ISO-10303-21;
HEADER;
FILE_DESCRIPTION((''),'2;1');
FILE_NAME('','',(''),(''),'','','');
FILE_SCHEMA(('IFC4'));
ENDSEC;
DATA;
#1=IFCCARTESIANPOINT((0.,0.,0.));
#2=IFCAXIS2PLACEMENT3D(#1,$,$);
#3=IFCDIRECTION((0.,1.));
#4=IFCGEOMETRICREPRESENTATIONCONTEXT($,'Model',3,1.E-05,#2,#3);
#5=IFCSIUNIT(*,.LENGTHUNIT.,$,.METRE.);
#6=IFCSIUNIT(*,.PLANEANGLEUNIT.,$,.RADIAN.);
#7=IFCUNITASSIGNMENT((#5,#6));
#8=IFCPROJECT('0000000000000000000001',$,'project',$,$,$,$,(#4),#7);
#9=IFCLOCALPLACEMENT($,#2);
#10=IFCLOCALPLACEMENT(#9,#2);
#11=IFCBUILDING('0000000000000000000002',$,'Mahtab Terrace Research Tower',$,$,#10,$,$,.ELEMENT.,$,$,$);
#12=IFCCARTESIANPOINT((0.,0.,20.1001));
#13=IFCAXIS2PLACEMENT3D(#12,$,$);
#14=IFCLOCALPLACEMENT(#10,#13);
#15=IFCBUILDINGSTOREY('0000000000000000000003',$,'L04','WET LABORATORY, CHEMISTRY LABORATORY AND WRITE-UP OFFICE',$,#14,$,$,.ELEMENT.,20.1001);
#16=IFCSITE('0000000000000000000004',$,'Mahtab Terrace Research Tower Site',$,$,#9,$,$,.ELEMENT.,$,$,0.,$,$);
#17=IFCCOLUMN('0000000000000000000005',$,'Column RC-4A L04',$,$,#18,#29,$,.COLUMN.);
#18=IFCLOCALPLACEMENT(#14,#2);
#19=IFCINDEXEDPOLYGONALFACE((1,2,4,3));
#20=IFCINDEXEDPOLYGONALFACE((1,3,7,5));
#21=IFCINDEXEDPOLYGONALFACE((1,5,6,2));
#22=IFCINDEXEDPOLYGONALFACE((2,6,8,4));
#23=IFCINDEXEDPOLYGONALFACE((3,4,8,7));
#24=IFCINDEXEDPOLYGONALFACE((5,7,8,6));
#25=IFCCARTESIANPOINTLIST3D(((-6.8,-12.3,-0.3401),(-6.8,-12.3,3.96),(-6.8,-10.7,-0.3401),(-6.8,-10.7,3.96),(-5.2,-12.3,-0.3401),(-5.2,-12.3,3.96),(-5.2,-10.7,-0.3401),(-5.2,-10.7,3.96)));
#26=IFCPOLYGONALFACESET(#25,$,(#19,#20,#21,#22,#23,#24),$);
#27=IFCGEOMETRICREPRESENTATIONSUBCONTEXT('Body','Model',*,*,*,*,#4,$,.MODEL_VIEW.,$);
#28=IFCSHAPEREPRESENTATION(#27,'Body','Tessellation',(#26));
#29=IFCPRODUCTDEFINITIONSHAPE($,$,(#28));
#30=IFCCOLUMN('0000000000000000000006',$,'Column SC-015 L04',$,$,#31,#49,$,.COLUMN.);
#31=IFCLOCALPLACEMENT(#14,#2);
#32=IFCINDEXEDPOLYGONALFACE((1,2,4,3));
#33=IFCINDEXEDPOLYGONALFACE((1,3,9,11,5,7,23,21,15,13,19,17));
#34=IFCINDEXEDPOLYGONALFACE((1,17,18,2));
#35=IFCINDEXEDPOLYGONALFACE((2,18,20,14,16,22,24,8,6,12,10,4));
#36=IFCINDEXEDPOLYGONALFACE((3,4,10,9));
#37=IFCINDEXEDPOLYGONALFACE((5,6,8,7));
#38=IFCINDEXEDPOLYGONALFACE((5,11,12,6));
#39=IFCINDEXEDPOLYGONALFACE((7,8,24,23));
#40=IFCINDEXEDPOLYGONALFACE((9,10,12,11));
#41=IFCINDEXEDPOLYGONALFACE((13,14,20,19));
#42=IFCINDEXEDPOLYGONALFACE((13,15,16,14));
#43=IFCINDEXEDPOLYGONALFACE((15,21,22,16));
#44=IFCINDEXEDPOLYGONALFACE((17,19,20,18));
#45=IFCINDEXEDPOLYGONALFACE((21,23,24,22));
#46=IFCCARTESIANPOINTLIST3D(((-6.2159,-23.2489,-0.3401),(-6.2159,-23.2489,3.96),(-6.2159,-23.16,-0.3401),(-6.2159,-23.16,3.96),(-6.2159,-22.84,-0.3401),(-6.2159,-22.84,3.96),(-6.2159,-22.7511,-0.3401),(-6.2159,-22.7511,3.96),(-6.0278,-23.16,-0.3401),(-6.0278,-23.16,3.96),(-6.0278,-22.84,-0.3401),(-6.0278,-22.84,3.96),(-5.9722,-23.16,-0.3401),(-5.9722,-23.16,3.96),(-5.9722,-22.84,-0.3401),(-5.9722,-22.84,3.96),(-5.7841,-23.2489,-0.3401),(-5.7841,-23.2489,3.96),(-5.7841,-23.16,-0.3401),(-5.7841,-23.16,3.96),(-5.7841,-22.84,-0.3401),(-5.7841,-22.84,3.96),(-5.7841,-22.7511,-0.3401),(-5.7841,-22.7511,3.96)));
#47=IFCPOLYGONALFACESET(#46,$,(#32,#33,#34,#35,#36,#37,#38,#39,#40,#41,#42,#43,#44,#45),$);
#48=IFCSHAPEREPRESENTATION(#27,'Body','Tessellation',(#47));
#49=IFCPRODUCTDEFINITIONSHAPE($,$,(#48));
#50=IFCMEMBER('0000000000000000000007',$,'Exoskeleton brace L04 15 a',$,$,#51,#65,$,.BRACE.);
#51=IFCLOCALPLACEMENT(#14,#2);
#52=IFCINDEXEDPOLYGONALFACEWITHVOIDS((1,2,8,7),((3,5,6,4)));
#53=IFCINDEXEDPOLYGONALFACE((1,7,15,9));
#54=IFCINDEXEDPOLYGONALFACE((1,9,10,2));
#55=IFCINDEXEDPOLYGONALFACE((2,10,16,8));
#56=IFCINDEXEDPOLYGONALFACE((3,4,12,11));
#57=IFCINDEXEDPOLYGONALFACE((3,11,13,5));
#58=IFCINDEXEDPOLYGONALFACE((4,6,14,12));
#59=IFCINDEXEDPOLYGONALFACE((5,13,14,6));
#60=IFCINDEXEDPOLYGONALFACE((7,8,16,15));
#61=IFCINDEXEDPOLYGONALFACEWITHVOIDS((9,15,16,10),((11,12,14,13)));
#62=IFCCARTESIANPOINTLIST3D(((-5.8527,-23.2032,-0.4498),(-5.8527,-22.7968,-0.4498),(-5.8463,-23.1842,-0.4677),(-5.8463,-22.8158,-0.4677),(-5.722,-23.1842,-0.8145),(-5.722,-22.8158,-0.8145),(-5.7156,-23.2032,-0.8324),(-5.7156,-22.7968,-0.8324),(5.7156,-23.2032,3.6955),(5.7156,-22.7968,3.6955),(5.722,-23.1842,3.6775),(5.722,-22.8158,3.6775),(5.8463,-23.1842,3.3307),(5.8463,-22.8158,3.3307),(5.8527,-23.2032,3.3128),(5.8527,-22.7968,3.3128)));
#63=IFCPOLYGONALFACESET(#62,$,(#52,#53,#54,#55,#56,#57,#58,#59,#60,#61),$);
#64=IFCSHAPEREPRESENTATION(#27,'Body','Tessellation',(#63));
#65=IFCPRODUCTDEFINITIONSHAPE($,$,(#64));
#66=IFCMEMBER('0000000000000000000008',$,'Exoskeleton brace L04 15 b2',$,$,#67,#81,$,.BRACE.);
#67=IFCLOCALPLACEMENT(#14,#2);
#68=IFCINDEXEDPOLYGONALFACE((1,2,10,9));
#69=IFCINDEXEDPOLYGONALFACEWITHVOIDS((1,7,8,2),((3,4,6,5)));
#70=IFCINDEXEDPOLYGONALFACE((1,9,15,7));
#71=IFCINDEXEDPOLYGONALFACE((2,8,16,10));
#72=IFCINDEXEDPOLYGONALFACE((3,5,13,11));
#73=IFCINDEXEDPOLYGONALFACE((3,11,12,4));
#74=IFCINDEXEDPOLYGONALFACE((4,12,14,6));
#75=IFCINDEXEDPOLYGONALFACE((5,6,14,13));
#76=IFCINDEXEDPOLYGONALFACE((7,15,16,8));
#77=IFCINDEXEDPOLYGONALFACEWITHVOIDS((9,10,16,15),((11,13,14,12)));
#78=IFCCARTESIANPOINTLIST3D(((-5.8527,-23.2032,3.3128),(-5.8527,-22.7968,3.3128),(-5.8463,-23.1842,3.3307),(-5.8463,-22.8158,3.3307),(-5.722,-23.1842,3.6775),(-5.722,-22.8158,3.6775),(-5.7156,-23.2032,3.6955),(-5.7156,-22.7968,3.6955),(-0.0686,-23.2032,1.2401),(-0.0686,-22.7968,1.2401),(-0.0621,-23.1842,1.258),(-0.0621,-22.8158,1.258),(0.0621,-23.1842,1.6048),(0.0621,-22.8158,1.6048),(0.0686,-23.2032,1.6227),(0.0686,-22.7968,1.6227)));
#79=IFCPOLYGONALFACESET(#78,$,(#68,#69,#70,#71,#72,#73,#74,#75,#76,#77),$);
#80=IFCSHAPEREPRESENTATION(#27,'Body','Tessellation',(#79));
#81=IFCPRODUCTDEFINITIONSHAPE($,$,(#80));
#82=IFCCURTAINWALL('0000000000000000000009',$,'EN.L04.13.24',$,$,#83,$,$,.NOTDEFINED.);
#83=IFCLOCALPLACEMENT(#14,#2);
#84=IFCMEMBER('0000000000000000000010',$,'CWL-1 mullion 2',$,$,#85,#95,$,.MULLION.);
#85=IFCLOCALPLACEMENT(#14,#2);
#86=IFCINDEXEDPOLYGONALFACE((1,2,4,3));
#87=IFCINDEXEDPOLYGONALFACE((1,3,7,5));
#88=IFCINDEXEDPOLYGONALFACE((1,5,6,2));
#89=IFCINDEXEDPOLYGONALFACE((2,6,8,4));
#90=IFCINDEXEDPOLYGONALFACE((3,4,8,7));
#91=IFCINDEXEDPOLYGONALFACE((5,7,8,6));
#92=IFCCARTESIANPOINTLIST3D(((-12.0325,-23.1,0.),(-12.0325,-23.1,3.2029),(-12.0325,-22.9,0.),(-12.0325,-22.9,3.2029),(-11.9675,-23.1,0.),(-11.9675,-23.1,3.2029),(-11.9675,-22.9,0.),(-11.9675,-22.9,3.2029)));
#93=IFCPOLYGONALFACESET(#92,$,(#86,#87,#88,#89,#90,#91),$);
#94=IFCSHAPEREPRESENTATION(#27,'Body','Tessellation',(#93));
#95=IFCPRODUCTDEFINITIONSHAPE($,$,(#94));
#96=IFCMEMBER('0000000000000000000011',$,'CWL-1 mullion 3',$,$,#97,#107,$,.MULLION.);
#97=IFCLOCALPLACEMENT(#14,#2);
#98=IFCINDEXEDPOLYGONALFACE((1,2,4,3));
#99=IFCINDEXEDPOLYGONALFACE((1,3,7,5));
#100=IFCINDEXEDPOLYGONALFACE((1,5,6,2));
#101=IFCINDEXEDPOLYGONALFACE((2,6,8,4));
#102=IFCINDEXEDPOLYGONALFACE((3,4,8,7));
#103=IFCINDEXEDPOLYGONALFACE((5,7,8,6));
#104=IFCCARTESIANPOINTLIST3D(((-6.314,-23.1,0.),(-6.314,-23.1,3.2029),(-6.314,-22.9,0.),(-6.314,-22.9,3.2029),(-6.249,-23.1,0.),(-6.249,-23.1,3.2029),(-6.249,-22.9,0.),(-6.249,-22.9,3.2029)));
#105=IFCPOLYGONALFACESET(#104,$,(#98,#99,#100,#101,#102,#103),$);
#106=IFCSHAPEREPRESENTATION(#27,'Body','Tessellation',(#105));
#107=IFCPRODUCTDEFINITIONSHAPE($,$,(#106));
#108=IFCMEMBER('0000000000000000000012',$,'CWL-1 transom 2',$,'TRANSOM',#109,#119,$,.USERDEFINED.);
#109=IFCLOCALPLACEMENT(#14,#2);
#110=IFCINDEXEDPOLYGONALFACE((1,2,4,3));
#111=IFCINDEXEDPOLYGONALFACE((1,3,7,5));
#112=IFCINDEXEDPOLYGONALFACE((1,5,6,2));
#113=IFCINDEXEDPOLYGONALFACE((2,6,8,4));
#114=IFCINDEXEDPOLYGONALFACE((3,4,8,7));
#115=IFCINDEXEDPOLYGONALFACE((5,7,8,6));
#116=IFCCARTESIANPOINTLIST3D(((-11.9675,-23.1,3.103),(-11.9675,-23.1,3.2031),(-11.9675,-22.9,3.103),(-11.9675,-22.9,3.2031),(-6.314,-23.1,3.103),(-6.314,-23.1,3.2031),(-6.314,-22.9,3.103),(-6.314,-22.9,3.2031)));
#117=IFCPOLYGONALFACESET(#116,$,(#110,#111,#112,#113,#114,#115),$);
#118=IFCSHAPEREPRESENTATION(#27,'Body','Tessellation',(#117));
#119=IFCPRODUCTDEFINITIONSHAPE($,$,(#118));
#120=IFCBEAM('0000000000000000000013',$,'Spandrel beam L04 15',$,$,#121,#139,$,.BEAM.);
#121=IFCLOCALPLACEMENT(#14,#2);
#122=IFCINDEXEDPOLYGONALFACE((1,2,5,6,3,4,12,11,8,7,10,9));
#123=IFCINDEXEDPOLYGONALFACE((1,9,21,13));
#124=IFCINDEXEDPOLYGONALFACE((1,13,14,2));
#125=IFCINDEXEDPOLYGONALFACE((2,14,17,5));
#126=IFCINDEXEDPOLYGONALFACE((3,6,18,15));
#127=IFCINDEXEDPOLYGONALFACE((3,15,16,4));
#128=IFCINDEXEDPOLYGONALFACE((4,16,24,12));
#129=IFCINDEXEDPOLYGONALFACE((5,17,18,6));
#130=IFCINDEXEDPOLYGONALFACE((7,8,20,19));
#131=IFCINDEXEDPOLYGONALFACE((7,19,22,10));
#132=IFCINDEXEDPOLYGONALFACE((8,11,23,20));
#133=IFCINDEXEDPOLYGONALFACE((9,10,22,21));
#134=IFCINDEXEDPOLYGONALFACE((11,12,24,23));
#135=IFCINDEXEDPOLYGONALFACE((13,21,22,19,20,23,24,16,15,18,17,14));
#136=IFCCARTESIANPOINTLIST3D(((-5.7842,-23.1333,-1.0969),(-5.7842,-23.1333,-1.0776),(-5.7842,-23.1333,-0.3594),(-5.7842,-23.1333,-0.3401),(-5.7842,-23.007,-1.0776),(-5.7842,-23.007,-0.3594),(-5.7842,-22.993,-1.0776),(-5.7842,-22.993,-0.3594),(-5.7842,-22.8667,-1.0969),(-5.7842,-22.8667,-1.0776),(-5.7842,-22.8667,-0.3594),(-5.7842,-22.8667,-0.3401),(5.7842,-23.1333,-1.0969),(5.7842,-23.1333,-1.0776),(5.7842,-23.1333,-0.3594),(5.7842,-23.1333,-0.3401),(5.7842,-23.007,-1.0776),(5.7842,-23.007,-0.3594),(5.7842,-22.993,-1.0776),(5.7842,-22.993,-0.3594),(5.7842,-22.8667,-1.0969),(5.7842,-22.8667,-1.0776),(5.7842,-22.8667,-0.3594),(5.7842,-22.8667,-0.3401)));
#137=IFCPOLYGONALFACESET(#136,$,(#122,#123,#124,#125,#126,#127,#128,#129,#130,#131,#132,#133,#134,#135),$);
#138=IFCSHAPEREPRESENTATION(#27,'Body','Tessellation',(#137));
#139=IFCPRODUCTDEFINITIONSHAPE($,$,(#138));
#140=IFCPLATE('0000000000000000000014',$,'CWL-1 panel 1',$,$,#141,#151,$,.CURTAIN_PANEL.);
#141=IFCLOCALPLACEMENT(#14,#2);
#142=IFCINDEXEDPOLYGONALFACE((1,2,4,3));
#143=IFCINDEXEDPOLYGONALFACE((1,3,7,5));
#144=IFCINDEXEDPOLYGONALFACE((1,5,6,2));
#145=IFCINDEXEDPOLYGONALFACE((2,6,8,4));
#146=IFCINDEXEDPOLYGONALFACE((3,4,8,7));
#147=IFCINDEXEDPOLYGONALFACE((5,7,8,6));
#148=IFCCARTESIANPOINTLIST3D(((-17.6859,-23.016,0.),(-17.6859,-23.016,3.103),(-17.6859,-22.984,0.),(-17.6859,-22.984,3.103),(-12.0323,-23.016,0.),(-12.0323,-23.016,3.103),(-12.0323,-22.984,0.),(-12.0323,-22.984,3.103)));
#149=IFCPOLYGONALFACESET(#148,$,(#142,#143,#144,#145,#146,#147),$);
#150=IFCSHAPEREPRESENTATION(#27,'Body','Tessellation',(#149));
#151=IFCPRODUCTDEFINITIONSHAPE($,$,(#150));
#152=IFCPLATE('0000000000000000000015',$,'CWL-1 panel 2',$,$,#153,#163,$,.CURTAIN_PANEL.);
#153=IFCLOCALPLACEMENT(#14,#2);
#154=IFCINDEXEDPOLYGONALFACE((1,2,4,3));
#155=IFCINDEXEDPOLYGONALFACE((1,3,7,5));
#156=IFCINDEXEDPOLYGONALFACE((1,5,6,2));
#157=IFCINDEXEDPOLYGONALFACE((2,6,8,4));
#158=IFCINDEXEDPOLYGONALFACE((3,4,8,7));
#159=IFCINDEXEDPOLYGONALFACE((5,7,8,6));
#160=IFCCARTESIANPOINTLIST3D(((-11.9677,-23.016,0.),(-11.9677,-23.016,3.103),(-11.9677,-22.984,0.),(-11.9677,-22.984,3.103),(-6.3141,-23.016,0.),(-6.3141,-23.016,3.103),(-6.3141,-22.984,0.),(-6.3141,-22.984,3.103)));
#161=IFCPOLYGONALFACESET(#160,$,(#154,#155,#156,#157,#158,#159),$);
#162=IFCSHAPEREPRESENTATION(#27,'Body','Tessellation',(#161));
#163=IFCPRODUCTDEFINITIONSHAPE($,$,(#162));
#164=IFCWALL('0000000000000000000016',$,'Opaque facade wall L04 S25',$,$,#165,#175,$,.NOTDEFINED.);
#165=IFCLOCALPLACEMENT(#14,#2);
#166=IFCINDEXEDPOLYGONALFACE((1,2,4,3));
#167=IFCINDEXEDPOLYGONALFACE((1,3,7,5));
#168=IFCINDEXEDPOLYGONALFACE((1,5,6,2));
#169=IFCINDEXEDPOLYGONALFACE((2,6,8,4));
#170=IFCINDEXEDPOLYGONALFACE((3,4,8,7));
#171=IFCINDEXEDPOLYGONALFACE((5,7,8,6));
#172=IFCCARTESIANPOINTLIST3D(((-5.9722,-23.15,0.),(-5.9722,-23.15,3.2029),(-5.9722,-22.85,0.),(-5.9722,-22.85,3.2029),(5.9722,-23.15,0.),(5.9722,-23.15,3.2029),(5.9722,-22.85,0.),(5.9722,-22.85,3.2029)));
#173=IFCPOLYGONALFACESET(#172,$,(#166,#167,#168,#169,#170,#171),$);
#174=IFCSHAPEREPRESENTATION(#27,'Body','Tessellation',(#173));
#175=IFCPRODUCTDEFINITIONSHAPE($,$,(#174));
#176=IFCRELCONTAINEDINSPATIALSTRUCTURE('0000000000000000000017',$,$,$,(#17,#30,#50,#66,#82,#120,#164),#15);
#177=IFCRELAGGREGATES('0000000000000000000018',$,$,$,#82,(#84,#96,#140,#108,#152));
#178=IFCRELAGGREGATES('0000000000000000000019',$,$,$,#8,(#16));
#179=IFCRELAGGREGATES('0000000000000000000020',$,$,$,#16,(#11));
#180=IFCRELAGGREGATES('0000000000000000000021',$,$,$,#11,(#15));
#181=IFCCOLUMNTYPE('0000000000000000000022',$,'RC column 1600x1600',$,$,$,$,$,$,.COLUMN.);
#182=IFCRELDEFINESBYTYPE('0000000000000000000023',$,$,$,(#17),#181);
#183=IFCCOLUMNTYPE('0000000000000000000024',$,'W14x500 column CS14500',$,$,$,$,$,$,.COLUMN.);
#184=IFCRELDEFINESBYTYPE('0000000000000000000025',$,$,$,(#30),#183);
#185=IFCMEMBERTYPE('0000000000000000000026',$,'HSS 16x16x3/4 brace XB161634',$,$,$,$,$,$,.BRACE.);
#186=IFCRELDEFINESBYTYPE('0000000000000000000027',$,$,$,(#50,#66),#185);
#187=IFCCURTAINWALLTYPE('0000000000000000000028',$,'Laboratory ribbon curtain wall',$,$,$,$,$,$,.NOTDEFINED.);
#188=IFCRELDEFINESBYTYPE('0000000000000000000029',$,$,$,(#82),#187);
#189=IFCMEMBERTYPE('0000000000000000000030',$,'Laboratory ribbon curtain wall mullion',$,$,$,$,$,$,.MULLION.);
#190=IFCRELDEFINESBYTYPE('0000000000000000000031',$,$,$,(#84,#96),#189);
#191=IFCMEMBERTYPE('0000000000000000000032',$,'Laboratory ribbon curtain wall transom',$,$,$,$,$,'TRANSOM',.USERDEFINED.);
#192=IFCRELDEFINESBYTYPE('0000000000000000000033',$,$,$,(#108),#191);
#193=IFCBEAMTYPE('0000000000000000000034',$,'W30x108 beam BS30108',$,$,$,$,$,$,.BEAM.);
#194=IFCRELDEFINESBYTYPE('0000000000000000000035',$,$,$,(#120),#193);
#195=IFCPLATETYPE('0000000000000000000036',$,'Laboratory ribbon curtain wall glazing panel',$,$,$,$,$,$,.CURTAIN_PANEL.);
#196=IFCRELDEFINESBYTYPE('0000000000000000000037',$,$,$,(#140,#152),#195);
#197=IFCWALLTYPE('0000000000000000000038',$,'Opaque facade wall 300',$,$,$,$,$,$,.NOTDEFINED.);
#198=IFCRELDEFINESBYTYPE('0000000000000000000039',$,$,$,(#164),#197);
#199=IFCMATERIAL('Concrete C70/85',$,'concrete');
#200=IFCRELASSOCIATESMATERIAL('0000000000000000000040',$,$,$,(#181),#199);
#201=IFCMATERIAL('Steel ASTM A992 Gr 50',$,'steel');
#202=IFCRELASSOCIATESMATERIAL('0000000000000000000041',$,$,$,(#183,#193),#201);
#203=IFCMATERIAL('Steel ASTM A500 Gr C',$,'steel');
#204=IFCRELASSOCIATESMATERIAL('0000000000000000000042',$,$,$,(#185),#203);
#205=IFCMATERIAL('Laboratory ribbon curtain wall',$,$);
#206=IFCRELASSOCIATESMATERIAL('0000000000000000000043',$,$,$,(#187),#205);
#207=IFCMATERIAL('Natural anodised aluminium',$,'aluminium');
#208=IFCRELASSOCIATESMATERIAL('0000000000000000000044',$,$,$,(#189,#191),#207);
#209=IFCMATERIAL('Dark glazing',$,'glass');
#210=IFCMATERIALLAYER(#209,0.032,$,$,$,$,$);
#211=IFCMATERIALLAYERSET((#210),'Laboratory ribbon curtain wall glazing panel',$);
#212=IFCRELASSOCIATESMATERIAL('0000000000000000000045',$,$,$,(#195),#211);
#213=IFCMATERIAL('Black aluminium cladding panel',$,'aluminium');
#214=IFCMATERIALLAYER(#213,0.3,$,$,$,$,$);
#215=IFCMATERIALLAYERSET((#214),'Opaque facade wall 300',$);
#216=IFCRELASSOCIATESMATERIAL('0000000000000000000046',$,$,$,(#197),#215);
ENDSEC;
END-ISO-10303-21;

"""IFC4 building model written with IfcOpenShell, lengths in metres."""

from ifc_helpers import new_model, si_unit, direction, frame, frame_2d, origin, origin_2d, place, context, subcontext, project, spatial, rectangle, hollow_rectangle, i_section, extrude, material, layer, layer_set, material_profile, profile_set, type_object, element, aggregate, save


model = new_model("IFC4")

# Units and contexts
model_context = context("Model", 3, precision=1e-05, world=origin(), true_north=direction((0.0, 1.0)))
body_context = subcontext(model_context, "Body", "Model", "MODEL_VIEW")
ifc_project = project(units=[si_unit("LENGTHUNIT", "METRE"), si_unit("PLANEANGLEUNIT", "RADIAN")], contexts=[model_context])

# Site, building, storey
site_placement = place(None, origin())
site = spatial("IfcSite", under=ifc_project, at=site_placement, Name="Mahtab Terrace Research Tower Site", CompositionType="ELEMENT", RefElevation=0.0)
building_placement = place(site_placement, origin())
building = spatial("IfcBuilding", under=site, at=building_placement, Name="Mahtab Terrace Research Tower", CompositionType="ELEMENT")
storey_placement = place(building_placement, frame((0.0, 0.0, 20.1001)))
storey = spatial("IfcBuildingStorey", under=building, at=storey_placement, Name="L04", Description="WET LABORATORY, CHEMISTRY LABORATORY AND WRITE-UP OFFICE", CompositionType="ELEMENT", Elevation=20.1001)

# Columns
ifc_material_1 = material(Name="Concrete C70/85", Category="concrete")
ifc_material_profile_1 = material_profile(ifc_material_1, rectangle(XDim=1.6001, YDim=1.6001, at=origin_2d()), Name="RC column 1600x1600")
ifc_profile_set_1 = profile_set([ifc_material_profile_1], Name="Concrete C70/85")
column_type_1 = type_object("IfcColumnType", Name="RC column 1600x1600", PredefinedType="COLUMN", material=ifc_profile_set_1)
column_1_placement = place(storey_placement, frame((-6.0, -11.5, -0.3401), z_axis=(0.0, 0.0, 1.0), x_axis=(1.0, 0.0, 0.0)))
element("IfcColumn", 1, at=column_1_placement, inside=storey, type_object=column_type_1, Name="Column RC-4A L04", PredefinedType="COLUMN", context=body_context, shape_type="SweptSolid", body=[
    extrude(rectangle(XDim=1.6001, YDim=1.6001, at=origin_2d()), origin(), (0.0, 0.0, 1.0), 4.3),
])
ifc_material_2 = material(Name="Steel ASTM A992 Gr 50", Category="steel")
ifc_material_profile_2 = material_profile(ifc_material_2, i_section(OverallWidth=0.4319, OverallDepth=0.4978, WebThickness=0.0557, FlangeThickness=0.0889, at=origin_2d()), Name="W14X500")
ifc_profile_set_2 = profile_set([ifc_material_profile_2], Name="Steel ASTM A992 Gr 50")
column_type_2 = type_object("IfcColumnType", Name="W14x500 column CS14500", PredefinedType="COLUMN", material=ifc_profile_set_2)
column_2_placement = place(storey_placement, frame((-6.0, -23.0, -0.3401), z_axis=(0.0, 0.0, 1.0), x_axis=(1.0, 0.0, 0.0)))
element("IfcColumn", 2, at=column_2_placement, inside=storey, type_object=column_type_2, Name="Column SC-015 L04", PredefinedType="COLUMN", context=body_context, shape_type="SweptSolid", body=[
    extrude(i_section(OverallWidth=0.4319, OverallDepth=0.4978, WebThickness=0.0557, FlangeThickness=0.0889, at=origin_2d()), origin(), (0.0, 0.0, 1.0), 4.3),
])

# Members
ifc_material_3 = material(Name="Steel ASTM A500 Gr C", Category="steel")
ifc_material_profile_3 = material_profile(ifc_material_3, hollow_rectangle(XDim=0.4065, YDim=0.4065, WallThickness=0.019, at=origin_2d()), Name="HSS16X16X3/4")
ifc_profile_set_3 = profile_set([ifc_material_profile_3], Name="Steel ASTM A500 Gr C")
member_type_1 = type_object("IfcMemberType", Name="HSS 16x16x3/4 brace XB161634", PredefinedType="BRACE", material=ifc_profile_set_3)
member_1_placement = place(storey_placement, frame((-5.7842, -23.0, -0.6411), z_axis=(0.941388, 0.0, 0.337325), x_axis=(0.0, 1.0, 0.0)))
element("IfcMember", 3, at=member_1_placement, inside=storey, type_object=member_type_1, Name="Exoskeleton brace L04 15 a", PredefinedType="BRACE", context=body_context, shape_type="SweptSolid", body=[
    extrude(hollow_rectangle(XDim=0.4065, YDim=0.4065, WallThickness=0.019, at=origin_2d()), origin(), (0.0, 0.0, 1.0), 12.2886),
])
member_2_placement = place(storey_placement, frame((0.0, -23.0, 1.4314), z_axis=(-0.941382, 0.0, 0.337343), x_axis=(0.0, -1.0, 0.0)))
element("IfcMember", 4, at=member_2_placement, inside=storey, type_object=member_type_1, Name="Exoskeleton brace L04 15 b2", PredefinedType="BRACE", context=body_context, shape_type="SweptSolid", body=[
    extrude(hollow_rectangle(XDim=0.4065, YDim=0.4065, WallThickness=0.019, at=origin_2d()), origin(), (0.0, 0.0, 1.0), 6.1443),
])

# Curtain wall, members
ifc_material_4 = material(Name="Laboratory ribbon curtain wall")
curtain_wall_type = type_object("IfcCurtainWallType", Name="Laboratory ribbon curtain wall", PredefinedType="NOTDEFINED", material=ifc_material_4)
curtain_wall_placement = place(storey_placement, origin())
curtain_wall = element("IfcCurtainWall", 5, at=curtain_wall_placement, inside=storey, type_object=curtain_wall_type, Name="EN.L04.13.24", PredefinedType="NOTDEFINED")
ifc_material_5 = material(Name="Natural anodised aluminium", Category="aluminium")
ifc_material_profile_4 = material_profile(ifc_material_5, rectangle(XDim=0.2, YDim=0.0649, at=origin_2d()), Name="MULLION 65x200")
ifc_profile_set_4 = profile_set([ifc_material_profile_4], Name="Natural anodised aluminium")
member_type_2 = type_object("IfcMemberType", Name="Laboratory ribbon curtain wall mullion", PredefinedType="MULLION", material=ifc_profile_set_4)
member_3_placement = place(storey_placement, frame((-12.0, -23.0, 0.0), z_axis=(0.0, 0.0, 1.0), x_axis=(0.0, 1.0, 0.0)))
member_3 = element("IfcMember", 6, at=member_3_placement, type_object=member_type_2, Name="CWL-1 mullion 2", PredefinedType="MULLION", context=body_context, shape_type="SweptSolid", body=[
    extrude(rectangle(XDim=0.2, YDim=0.0649, at=origin_2d()), origin(), (0.0, 0.0, 1.0), 3.2029),
])
member_4_placement = place(storey_placement, frame((-6.2815, -23.0, 0.0), z_axis=(0.0, 0.0, 1.0), x_axis=(0.0, 1.0, 0.0)))
member_4 = element("IfcMember", 7, at=member_4_placement, type_object=member_type_2, Name="CWL-1 mullion 3", PredefinedType="MULLION", context=body_context, shape_type="SweptSolid", body=[
    extrude(rectangle(XDim=0.2, YDim=0.0649, at=origin_2d()), origin(), (0.0, 0.0, 1.0), 3.2029),
])
ifc_material_profile_5 = material_profile(ifc_material_5, rectangle(XDim=0.2, YDim=0.1001, at=origin_2d()), Name="TRANSOM 100x200")
ifc_profile_set_5 = profile_set([ifc_material_profile_5], Name="Natural anodised aluminium")
member_type_3 = type_object("IfcMemberType", Name="Laboratory ribbon curtain wall transom", ElementType="TRANSOM", PredefinedType="USERDEFINED", material=ifc_profile_set_5)
member_5_placement = place(storey_placement, frame((-11.9675, -23.0, 3.1531), z_axis=(1.0, 0.0, 0.0), x_axis=(0.0, 1.0, 0.0)))
member_5 = element("IfcMember", 8, at=member_5_placement, type_object=member_type_3, Name="CWL-1 transom 2", ObjectType="TRANSOM", PredefinedType="USERDEFINED", context=body_context, shape_type="SweptSolid", body=[
    extrude(rectangle(XDim=0.2, YDim=0.1001, at=origin_2d()), origin(), (0.0, 0.0, 1.0), 5.6536),
])

# Beam
ifc_material_profile_6 = material_profile(ifc_material_2, i_section(OverallWidth=0.2666, OverallDepth=0.7568, WebThickness=0.0139, FlangeThickness=0.0193, at=origin_2d()), Name="W30X108")
ifc_profile_set_6 = profile_set([ifc_material_profile_6], Name="Steel ASTM A992 Gr 50")
beam_type = type_object("IfcBeamType", Name="W30x108 beam BS30108", PredefinedType="BEAM", material=ifc_profile_set_6)
beam_placement = place(storey_placement, frame((-5.7842, -23.0, -0.7185), z_axis=(1.0, 0.0, 0.0), x_axis=(0.0, 1.0, 0.0)))
element("IfcBeam", 9, at=beam_placement, inside=storey, type_object=beam_type, Name="Spandrel beam L04 15", PredefinedType="BEAM", context=body_context, shape_type="SweptSolid", body=[
    extrude(i_section(OverallWidth=0.2666, OverallDepth=0.7568, WebThickness=0.0139, FlangeThickness=0.0193, at=origin_2d()), origin(), (0.0, 0.0, 1.0), 11.5684),
])

# Plates
ifc_material_6 = material(Name="Dark glazing", Category="glass")
ifc_layer_1 = layer(ifc_material_6, 0.032)
ifc_layer_set_1 = layer_set([ifc_layer_1], Name="Laboratory ribbon curtain wall glazing panel")
plate_type = type_object("IfcPlateType", Name="Laboratory ribbon curtain wall glazing panel", PredefinedType="CURTAIN_PANEL", material=ifc_layer_set_1)
plate_1_placement = place(storey_placement, frame((-14.8591, -23.0, 0.0), z_axis=(0.0, 0.0, 1.0), x_axis=(1.0, 0.0, 0.0)))
plate_1 = element("IfcPlate", 10, at=plate_1_placement, type_object=plate_type, Name="CWL-1 panel 1", PredefinedType="CURTAIN_PANEL", context=body_context, shape_type="SweptSolid", body=[
    extrude(rectangle(XDim=5.6536, YDim=0.032, at=origin_2d()), origin(), (0.0, 0.0, 1.0), 3.103),
])
plate_2_placement = place(storey_placement, frame((-9.1409, -23.0, 0.0), z_axis=(0.0, 0.0, 1.0), x_axis=(1.0, 0.0, 0.0)))
plate_2 = element("IfcPlate", 11, at=plate_2_placement, type_object=plate_type, Name="CWL-1 panel 2", PredefinedType="CURTAIN_PANEL", context=body_context, shape_type="SweptSolid", body=[
    extrude(rectangle(XDim=5.6536, YDim=0.032, at=origin_2d()), origin(), (0.0, 0.0, 1.0), 3.103),
])
aggregate(curtain_wall, [member_3, member_4, plate_1, member_5, plate_2])

# Wall
ifc_material_7 = material(Name="Black aluminium cladding panel", Category="aluminium")
ifc_layer_2 = layer(ifc_material_7, 0.3)
ifc_layer_set_2 = layer_set([ifc_layer_2], Name="Opaque facade wall 300")
wall_type_1 = type_object("IfcWallType", Name="Opaque facade wall 300", PredefinedType="NOTDEFINED", material=ifc_layer_set_2)
wall_1_placement = place(storey_placement, frame((-5.9722, -23.0, 0.0), z_axis=(0.0, 0.0, 1.0), x_axis=(1.0, 0.0, 0.0)))
element("IfcWall", 12, at=wall_1_placement, inside=storey, type_object=wall_type_1, Name="Opaque facade wall L04 S25", PredefinedType="NOTDEFINED", context=body_context, shape_type="SweptSolid", body=[
    extrude(rectangle(XDim=11.9443, YDim=0.3, at=frame_2d((5.9722, 0.0))), origin(), (0.0, 0.0, 1.0), 3.2029),
])

save(model, "model.ifc")
